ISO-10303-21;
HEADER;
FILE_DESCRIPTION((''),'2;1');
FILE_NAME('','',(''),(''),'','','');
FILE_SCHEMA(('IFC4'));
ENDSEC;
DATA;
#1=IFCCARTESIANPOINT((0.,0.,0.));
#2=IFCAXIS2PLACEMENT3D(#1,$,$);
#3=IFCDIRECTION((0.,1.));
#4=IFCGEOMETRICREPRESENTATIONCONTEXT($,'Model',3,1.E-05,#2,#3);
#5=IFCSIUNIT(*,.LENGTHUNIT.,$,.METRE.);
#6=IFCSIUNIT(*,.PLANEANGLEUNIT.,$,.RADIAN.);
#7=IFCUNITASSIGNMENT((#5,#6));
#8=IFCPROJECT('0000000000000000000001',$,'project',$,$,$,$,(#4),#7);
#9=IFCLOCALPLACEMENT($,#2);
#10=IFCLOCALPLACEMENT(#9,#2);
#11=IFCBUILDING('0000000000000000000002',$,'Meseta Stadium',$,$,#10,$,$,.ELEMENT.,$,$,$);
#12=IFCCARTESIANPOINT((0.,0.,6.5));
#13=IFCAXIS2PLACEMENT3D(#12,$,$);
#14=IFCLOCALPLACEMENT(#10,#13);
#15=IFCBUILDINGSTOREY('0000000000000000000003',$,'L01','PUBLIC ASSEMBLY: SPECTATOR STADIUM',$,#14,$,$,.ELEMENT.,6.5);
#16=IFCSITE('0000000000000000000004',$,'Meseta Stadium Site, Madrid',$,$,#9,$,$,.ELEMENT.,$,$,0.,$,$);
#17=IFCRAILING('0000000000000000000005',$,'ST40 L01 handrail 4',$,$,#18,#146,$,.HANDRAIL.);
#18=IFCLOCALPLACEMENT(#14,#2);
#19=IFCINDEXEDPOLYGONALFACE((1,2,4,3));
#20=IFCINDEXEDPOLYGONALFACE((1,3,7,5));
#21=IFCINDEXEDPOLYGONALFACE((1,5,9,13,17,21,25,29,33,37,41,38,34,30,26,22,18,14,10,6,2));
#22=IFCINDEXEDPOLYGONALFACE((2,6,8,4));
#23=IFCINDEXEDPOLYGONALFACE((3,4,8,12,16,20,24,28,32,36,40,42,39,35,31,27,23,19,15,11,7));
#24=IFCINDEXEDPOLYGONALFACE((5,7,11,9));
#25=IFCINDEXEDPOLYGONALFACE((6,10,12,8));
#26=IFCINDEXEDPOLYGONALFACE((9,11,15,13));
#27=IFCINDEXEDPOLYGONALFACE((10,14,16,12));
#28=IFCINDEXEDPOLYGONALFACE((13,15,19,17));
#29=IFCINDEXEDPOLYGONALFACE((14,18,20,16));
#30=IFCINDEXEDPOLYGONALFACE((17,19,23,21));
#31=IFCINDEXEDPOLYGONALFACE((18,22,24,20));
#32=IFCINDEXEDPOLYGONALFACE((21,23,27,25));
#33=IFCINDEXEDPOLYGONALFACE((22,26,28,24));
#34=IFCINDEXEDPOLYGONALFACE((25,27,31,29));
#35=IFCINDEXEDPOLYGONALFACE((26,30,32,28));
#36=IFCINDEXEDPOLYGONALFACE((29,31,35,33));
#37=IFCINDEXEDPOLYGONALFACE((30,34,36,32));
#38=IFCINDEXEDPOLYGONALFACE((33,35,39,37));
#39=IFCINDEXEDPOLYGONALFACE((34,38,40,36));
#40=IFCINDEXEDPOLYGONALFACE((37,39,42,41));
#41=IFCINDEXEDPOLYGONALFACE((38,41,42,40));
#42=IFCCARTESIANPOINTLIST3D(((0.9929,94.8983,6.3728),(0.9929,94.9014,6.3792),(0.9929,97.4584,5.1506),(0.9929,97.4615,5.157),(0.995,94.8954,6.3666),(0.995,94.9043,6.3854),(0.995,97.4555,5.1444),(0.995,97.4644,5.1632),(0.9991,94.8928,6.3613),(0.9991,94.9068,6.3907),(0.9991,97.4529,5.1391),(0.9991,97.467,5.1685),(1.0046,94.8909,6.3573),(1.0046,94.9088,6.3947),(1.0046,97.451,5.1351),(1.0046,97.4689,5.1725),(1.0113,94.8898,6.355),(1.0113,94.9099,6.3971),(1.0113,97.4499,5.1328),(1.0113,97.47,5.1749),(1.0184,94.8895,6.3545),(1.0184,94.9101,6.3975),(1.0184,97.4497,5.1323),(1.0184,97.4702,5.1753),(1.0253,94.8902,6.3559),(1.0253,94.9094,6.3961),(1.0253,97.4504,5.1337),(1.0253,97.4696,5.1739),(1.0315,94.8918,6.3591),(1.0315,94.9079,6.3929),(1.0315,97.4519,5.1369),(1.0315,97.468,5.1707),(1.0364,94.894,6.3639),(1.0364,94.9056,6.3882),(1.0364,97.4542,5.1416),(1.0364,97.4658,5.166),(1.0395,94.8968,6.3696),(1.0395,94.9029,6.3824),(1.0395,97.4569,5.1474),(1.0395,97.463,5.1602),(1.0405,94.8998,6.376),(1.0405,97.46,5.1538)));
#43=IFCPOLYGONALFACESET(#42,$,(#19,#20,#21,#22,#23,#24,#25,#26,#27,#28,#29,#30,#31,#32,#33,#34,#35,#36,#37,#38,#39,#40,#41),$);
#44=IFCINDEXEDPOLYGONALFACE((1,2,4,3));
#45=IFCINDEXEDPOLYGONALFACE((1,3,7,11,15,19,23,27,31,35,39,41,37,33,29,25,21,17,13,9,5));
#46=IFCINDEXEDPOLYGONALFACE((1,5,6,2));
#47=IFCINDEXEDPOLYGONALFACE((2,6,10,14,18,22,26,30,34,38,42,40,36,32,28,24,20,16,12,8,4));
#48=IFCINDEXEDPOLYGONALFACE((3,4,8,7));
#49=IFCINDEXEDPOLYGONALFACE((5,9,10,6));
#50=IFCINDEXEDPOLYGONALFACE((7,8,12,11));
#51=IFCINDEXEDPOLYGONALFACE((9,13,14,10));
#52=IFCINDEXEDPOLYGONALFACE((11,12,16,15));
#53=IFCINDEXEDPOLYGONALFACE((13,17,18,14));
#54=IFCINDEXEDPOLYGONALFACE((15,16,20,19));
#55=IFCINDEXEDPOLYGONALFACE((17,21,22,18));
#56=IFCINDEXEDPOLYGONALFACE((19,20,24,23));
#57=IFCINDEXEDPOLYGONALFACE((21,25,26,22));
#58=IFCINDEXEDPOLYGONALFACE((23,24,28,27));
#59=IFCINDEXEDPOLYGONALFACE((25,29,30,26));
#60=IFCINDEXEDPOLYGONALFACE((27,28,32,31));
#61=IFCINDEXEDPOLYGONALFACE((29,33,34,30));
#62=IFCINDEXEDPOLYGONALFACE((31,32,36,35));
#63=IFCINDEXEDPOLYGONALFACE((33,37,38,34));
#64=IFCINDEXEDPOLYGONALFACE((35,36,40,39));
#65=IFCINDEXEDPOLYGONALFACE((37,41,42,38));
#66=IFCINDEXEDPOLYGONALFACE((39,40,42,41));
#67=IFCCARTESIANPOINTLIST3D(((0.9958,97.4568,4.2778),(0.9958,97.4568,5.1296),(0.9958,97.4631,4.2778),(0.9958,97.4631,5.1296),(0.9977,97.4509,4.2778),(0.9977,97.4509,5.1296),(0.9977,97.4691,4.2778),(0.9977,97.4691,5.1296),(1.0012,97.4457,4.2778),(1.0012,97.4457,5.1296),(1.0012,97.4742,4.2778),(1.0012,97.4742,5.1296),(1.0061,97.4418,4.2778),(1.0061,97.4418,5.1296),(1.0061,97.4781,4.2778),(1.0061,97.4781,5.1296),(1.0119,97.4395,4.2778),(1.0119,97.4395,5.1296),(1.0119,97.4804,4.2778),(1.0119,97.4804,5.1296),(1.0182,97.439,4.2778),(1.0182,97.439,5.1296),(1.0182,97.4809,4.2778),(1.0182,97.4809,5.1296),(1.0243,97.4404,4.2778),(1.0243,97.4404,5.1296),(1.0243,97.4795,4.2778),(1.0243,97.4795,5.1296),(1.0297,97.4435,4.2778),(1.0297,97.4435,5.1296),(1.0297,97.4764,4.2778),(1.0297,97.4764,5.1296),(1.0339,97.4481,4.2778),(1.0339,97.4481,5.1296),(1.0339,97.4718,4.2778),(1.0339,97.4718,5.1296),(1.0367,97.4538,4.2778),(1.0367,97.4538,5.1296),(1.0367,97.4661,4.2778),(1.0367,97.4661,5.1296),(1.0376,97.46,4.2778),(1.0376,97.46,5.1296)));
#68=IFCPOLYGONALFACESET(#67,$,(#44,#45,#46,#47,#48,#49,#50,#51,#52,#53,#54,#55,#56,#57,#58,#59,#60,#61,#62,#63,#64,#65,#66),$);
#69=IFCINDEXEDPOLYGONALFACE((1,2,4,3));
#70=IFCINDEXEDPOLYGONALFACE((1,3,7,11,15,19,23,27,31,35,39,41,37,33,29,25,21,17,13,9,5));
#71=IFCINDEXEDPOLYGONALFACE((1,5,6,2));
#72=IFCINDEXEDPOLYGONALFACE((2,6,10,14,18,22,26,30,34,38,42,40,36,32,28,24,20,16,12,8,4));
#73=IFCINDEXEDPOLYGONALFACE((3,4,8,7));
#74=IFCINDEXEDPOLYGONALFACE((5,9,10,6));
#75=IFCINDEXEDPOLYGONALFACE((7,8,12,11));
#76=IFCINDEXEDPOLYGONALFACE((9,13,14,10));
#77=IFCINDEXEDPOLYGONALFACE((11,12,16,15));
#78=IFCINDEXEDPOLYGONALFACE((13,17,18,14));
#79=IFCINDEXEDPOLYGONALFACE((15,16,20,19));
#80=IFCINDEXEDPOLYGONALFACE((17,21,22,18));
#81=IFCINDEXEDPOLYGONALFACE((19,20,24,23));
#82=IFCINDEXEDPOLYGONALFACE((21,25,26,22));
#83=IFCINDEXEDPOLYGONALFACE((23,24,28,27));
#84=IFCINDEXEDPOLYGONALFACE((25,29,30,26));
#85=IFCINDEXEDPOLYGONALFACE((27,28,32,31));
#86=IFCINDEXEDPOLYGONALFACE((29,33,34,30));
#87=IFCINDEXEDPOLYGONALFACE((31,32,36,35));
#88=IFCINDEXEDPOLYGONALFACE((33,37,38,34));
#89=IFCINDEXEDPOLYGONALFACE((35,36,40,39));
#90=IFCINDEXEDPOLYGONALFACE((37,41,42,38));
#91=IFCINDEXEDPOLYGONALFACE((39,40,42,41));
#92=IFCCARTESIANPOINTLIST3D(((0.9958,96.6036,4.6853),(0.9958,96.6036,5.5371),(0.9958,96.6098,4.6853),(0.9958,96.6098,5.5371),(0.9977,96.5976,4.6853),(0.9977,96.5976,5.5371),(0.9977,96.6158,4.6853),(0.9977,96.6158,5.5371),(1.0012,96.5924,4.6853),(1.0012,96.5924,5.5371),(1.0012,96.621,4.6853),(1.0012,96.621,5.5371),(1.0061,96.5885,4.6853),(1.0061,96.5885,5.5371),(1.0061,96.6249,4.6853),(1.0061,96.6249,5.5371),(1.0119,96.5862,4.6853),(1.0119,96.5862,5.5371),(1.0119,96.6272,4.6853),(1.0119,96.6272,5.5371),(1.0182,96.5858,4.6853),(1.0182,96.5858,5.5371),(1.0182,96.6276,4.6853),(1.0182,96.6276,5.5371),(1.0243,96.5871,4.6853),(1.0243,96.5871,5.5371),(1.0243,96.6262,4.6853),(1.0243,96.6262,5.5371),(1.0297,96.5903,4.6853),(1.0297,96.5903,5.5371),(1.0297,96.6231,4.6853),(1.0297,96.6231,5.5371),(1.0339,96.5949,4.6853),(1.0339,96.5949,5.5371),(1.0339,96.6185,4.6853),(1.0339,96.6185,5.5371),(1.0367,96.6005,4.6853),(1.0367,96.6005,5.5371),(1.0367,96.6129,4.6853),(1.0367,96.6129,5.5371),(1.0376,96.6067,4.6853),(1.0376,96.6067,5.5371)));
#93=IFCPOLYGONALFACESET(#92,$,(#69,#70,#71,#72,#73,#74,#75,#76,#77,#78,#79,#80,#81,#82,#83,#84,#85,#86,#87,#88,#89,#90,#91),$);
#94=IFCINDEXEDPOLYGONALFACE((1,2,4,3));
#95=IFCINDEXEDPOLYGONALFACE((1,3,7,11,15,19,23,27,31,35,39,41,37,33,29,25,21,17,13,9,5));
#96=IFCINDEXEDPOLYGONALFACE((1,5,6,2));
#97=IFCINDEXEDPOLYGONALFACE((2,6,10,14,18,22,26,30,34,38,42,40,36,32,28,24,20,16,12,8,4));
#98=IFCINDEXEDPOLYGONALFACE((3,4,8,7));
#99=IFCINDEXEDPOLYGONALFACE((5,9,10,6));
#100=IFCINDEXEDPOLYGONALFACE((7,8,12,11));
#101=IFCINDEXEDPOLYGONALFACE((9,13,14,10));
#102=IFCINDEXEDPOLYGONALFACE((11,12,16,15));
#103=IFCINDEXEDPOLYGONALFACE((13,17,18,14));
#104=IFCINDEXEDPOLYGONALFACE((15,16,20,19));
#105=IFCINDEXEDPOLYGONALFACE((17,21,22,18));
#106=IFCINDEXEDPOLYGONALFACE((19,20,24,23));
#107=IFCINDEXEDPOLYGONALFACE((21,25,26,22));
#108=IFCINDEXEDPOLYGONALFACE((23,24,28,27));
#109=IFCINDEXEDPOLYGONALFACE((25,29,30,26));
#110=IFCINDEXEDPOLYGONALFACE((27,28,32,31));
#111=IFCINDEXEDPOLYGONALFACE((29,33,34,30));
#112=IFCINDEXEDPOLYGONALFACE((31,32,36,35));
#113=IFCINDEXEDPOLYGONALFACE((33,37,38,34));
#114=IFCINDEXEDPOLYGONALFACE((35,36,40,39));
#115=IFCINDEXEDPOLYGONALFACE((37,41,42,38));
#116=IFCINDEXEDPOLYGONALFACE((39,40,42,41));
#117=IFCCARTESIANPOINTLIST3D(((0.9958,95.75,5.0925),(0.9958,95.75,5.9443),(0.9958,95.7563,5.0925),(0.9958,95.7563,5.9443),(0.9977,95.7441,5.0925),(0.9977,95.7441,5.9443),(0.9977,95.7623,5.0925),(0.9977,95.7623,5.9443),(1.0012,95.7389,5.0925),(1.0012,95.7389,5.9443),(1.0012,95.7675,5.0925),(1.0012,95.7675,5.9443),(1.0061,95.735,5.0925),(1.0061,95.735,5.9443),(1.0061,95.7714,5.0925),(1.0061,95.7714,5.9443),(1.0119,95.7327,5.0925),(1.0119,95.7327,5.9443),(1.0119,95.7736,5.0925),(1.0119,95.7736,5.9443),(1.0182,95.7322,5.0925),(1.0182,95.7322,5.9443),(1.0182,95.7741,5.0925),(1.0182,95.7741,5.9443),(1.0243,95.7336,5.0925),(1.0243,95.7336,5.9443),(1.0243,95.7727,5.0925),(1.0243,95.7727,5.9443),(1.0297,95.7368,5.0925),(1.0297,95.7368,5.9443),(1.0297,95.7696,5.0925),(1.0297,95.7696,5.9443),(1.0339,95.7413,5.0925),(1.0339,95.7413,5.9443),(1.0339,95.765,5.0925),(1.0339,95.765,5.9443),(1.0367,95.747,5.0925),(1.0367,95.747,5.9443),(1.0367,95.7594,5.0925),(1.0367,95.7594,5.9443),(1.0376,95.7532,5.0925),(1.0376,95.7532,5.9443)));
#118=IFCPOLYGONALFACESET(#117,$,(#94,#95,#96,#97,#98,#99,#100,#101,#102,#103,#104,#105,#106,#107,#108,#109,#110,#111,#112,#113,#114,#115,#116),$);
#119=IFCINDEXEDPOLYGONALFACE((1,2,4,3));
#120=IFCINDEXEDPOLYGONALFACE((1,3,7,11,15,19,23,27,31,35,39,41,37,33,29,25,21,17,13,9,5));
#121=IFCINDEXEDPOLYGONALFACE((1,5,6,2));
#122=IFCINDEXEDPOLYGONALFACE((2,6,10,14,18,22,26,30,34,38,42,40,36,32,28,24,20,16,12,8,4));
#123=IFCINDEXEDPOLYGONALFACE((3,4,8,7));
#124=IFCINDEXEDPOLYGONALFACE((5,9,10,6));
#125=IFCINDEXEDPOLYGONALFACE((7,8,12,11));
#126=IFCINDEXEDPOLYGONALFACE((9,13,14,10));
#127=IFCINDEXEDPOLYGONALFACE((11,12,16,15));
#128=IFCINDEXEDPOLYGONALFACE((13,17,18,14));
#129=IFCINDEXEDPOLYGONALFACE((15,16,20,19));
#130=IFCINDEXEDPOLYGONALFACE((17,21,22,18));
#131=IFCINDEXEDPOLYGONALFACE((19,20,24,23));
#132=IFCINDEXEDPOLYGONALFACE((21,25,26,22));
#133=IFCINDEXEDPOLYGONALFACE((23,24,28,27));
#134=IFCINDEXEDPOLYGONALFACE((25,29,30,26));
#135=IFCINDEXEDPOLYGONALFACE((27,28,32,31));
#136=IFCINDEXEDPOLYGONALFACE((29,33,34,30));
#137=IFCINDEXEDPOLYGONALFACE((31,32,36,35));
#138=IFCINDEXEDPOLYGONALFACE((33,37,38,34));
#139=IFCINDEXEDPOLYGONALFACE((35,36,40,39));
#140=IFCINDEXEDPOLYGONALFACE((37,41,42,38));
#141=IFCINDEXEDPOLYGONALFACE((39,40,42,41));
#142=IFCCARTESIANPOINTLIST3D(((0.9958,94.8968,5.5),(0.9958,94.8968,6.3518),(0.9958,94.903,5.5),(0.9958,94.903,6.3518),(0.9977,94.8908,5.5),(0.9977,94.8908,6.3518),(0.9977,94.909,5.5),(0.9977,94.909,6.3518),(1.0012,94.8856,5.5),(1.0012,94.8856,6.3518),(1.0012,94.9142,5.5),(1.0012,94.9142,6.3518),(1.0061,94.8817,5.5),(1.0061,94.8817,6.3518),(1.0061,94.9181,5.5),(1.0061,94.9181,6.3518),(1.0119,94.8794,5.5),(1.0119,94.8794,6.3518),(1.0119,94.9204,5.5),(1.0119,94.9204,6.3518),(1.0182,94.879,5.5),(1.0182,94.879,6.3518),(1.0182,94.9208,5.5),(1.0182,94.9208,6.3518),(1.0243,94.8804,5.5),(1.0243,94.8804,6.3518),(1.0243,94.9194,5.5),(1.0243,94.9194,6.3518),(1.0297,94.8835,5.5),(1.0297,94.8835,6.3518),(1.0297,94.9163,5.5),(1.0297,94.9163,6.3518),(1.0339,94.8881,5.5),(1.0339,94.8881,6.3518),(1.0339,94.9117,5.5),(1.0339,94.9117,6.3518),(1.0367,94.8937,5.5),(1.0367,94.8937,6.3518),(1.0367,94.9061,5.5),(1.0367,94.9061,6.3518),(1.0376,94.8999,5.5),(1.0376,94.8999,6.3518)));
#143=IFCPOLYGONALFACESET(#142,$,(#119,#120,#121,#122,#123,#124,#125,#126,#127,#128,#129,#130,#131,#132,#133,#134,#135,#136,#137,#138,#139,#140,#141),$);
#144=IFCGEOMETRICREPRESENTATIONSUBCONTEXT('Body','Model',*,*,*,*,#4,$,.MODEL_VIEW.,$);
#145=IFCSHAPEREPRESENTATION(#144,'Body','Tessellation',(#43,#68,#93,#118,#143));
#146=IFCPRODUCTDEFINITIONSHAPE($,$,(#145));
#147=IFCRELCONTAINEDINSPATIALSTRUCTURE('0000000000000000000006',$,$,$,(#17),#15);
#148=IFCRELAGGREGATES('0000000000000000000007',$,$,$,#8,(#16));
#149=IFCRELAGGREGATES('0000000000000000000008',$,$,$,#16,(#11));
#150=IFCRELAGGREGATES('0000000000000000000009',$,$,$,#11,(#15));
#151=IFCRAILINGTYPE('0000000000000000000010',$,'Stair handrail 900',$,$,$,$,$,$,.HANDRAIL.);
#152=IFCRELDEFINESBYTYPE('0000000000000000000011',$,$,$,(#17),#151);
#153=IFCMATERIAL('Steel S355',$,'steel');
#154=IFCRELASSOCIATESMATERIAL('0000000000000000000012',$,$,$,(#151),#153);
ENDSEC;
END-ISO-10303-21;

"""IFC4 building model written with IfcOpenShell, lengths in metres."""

from ifc_helpers import new_model, si_unit, direction, frame, origin, origin_2d, place, context, subcontext, project, spatial, circle, extrude, material, type_object, element, save


model = new_model("IFC4")

# Units and contexts
model_context = context("Model", 3, precision=1e-05, world=origin(), true_north=direction((0.0, 1.0)))
body_context = subcontext(model_context, "Body", "Model", "MODEL_VIEW")
ifc_project = project(units=[si_unit("LENGTHUNIT", "METRE"), si_unit("PLANEANGLEUNIT", "RADIAN")], contexts=[model_context])

# Site, building, storey
site_placement = place(None, origin())
site = spatial("IfcSite", under=ifc_project, at=site_placement, Name="Meseta Stadium Site, Madrid", CompositionType="ELEMENT", RefElevation=0.0)
building_placement = place(site_placement, origin())
building = spatial("IfcBuilding", under=site, at=building_placement, Name="Meseta Stadium", CompositionType="ELEMENT")
storey_placement = place(building_placement, frame((0.0, 0.0, 6.5)))
storey = spatial("IfcBuildingStorey", under=building, at=storey_placement, Name="L01", Description="PUBLIC ASSEMBLY: SPECTATOR STADIUM", CompositionType="ELEMENT", Elevation=6.5)

# Railing
ifc_material_1 = material(Name="Steel S355", Category="steel")
railing_type_1 = type_object("IfcRailingType", Name="Stair handrail 900", PredefinedType="HANDRAIL", material=ifc_material_1)
railing_1_placement = place(storey_placement, frame((1.0166, 97.46, 4.2778)))
element("IfcRailing", 1, at=railing_1_placement, inside=storey, type_object=railing_type_1, Name="ST40 L01 handrail 4", PredefinedType="HANDRAIL", context=body_context, shape_type="SweptSolid", body=[
    extrude(circle(Radius=0.0239, at=origin_2d()), frame((0.0, 0.0, 0.876), z_axis=(0.0, -0.902437, 0.430822), x_axis=(1.0, 0.0, 0.0)), (0.0, 0.0, 1.0), 2.8369),
    extrude(circle(Radius=0.021, at=origin_2d()), origin(), (0.0, 0.0, 1.0), 0.8518),
    extrude(circle(Radius=0.021, at=origin_2d()), frame((0.0, -0.8533, 0.4075)), (0.0, 0.0, 1.0), 0.8518),
    extrude(circle(Radius=0.021, at=origin_2d()), frame((0.0, -1.7068, 0.8147)), (0.0, 0.0, 1.0), 0.8518),
    extrude(circle(Radius=0.021, at=origin_2d()), frame((0.0, -2.5601, 1.2222)), (0.0, 0.0, 1.0), 0.8518),
])

save(model, "model.ifc")
